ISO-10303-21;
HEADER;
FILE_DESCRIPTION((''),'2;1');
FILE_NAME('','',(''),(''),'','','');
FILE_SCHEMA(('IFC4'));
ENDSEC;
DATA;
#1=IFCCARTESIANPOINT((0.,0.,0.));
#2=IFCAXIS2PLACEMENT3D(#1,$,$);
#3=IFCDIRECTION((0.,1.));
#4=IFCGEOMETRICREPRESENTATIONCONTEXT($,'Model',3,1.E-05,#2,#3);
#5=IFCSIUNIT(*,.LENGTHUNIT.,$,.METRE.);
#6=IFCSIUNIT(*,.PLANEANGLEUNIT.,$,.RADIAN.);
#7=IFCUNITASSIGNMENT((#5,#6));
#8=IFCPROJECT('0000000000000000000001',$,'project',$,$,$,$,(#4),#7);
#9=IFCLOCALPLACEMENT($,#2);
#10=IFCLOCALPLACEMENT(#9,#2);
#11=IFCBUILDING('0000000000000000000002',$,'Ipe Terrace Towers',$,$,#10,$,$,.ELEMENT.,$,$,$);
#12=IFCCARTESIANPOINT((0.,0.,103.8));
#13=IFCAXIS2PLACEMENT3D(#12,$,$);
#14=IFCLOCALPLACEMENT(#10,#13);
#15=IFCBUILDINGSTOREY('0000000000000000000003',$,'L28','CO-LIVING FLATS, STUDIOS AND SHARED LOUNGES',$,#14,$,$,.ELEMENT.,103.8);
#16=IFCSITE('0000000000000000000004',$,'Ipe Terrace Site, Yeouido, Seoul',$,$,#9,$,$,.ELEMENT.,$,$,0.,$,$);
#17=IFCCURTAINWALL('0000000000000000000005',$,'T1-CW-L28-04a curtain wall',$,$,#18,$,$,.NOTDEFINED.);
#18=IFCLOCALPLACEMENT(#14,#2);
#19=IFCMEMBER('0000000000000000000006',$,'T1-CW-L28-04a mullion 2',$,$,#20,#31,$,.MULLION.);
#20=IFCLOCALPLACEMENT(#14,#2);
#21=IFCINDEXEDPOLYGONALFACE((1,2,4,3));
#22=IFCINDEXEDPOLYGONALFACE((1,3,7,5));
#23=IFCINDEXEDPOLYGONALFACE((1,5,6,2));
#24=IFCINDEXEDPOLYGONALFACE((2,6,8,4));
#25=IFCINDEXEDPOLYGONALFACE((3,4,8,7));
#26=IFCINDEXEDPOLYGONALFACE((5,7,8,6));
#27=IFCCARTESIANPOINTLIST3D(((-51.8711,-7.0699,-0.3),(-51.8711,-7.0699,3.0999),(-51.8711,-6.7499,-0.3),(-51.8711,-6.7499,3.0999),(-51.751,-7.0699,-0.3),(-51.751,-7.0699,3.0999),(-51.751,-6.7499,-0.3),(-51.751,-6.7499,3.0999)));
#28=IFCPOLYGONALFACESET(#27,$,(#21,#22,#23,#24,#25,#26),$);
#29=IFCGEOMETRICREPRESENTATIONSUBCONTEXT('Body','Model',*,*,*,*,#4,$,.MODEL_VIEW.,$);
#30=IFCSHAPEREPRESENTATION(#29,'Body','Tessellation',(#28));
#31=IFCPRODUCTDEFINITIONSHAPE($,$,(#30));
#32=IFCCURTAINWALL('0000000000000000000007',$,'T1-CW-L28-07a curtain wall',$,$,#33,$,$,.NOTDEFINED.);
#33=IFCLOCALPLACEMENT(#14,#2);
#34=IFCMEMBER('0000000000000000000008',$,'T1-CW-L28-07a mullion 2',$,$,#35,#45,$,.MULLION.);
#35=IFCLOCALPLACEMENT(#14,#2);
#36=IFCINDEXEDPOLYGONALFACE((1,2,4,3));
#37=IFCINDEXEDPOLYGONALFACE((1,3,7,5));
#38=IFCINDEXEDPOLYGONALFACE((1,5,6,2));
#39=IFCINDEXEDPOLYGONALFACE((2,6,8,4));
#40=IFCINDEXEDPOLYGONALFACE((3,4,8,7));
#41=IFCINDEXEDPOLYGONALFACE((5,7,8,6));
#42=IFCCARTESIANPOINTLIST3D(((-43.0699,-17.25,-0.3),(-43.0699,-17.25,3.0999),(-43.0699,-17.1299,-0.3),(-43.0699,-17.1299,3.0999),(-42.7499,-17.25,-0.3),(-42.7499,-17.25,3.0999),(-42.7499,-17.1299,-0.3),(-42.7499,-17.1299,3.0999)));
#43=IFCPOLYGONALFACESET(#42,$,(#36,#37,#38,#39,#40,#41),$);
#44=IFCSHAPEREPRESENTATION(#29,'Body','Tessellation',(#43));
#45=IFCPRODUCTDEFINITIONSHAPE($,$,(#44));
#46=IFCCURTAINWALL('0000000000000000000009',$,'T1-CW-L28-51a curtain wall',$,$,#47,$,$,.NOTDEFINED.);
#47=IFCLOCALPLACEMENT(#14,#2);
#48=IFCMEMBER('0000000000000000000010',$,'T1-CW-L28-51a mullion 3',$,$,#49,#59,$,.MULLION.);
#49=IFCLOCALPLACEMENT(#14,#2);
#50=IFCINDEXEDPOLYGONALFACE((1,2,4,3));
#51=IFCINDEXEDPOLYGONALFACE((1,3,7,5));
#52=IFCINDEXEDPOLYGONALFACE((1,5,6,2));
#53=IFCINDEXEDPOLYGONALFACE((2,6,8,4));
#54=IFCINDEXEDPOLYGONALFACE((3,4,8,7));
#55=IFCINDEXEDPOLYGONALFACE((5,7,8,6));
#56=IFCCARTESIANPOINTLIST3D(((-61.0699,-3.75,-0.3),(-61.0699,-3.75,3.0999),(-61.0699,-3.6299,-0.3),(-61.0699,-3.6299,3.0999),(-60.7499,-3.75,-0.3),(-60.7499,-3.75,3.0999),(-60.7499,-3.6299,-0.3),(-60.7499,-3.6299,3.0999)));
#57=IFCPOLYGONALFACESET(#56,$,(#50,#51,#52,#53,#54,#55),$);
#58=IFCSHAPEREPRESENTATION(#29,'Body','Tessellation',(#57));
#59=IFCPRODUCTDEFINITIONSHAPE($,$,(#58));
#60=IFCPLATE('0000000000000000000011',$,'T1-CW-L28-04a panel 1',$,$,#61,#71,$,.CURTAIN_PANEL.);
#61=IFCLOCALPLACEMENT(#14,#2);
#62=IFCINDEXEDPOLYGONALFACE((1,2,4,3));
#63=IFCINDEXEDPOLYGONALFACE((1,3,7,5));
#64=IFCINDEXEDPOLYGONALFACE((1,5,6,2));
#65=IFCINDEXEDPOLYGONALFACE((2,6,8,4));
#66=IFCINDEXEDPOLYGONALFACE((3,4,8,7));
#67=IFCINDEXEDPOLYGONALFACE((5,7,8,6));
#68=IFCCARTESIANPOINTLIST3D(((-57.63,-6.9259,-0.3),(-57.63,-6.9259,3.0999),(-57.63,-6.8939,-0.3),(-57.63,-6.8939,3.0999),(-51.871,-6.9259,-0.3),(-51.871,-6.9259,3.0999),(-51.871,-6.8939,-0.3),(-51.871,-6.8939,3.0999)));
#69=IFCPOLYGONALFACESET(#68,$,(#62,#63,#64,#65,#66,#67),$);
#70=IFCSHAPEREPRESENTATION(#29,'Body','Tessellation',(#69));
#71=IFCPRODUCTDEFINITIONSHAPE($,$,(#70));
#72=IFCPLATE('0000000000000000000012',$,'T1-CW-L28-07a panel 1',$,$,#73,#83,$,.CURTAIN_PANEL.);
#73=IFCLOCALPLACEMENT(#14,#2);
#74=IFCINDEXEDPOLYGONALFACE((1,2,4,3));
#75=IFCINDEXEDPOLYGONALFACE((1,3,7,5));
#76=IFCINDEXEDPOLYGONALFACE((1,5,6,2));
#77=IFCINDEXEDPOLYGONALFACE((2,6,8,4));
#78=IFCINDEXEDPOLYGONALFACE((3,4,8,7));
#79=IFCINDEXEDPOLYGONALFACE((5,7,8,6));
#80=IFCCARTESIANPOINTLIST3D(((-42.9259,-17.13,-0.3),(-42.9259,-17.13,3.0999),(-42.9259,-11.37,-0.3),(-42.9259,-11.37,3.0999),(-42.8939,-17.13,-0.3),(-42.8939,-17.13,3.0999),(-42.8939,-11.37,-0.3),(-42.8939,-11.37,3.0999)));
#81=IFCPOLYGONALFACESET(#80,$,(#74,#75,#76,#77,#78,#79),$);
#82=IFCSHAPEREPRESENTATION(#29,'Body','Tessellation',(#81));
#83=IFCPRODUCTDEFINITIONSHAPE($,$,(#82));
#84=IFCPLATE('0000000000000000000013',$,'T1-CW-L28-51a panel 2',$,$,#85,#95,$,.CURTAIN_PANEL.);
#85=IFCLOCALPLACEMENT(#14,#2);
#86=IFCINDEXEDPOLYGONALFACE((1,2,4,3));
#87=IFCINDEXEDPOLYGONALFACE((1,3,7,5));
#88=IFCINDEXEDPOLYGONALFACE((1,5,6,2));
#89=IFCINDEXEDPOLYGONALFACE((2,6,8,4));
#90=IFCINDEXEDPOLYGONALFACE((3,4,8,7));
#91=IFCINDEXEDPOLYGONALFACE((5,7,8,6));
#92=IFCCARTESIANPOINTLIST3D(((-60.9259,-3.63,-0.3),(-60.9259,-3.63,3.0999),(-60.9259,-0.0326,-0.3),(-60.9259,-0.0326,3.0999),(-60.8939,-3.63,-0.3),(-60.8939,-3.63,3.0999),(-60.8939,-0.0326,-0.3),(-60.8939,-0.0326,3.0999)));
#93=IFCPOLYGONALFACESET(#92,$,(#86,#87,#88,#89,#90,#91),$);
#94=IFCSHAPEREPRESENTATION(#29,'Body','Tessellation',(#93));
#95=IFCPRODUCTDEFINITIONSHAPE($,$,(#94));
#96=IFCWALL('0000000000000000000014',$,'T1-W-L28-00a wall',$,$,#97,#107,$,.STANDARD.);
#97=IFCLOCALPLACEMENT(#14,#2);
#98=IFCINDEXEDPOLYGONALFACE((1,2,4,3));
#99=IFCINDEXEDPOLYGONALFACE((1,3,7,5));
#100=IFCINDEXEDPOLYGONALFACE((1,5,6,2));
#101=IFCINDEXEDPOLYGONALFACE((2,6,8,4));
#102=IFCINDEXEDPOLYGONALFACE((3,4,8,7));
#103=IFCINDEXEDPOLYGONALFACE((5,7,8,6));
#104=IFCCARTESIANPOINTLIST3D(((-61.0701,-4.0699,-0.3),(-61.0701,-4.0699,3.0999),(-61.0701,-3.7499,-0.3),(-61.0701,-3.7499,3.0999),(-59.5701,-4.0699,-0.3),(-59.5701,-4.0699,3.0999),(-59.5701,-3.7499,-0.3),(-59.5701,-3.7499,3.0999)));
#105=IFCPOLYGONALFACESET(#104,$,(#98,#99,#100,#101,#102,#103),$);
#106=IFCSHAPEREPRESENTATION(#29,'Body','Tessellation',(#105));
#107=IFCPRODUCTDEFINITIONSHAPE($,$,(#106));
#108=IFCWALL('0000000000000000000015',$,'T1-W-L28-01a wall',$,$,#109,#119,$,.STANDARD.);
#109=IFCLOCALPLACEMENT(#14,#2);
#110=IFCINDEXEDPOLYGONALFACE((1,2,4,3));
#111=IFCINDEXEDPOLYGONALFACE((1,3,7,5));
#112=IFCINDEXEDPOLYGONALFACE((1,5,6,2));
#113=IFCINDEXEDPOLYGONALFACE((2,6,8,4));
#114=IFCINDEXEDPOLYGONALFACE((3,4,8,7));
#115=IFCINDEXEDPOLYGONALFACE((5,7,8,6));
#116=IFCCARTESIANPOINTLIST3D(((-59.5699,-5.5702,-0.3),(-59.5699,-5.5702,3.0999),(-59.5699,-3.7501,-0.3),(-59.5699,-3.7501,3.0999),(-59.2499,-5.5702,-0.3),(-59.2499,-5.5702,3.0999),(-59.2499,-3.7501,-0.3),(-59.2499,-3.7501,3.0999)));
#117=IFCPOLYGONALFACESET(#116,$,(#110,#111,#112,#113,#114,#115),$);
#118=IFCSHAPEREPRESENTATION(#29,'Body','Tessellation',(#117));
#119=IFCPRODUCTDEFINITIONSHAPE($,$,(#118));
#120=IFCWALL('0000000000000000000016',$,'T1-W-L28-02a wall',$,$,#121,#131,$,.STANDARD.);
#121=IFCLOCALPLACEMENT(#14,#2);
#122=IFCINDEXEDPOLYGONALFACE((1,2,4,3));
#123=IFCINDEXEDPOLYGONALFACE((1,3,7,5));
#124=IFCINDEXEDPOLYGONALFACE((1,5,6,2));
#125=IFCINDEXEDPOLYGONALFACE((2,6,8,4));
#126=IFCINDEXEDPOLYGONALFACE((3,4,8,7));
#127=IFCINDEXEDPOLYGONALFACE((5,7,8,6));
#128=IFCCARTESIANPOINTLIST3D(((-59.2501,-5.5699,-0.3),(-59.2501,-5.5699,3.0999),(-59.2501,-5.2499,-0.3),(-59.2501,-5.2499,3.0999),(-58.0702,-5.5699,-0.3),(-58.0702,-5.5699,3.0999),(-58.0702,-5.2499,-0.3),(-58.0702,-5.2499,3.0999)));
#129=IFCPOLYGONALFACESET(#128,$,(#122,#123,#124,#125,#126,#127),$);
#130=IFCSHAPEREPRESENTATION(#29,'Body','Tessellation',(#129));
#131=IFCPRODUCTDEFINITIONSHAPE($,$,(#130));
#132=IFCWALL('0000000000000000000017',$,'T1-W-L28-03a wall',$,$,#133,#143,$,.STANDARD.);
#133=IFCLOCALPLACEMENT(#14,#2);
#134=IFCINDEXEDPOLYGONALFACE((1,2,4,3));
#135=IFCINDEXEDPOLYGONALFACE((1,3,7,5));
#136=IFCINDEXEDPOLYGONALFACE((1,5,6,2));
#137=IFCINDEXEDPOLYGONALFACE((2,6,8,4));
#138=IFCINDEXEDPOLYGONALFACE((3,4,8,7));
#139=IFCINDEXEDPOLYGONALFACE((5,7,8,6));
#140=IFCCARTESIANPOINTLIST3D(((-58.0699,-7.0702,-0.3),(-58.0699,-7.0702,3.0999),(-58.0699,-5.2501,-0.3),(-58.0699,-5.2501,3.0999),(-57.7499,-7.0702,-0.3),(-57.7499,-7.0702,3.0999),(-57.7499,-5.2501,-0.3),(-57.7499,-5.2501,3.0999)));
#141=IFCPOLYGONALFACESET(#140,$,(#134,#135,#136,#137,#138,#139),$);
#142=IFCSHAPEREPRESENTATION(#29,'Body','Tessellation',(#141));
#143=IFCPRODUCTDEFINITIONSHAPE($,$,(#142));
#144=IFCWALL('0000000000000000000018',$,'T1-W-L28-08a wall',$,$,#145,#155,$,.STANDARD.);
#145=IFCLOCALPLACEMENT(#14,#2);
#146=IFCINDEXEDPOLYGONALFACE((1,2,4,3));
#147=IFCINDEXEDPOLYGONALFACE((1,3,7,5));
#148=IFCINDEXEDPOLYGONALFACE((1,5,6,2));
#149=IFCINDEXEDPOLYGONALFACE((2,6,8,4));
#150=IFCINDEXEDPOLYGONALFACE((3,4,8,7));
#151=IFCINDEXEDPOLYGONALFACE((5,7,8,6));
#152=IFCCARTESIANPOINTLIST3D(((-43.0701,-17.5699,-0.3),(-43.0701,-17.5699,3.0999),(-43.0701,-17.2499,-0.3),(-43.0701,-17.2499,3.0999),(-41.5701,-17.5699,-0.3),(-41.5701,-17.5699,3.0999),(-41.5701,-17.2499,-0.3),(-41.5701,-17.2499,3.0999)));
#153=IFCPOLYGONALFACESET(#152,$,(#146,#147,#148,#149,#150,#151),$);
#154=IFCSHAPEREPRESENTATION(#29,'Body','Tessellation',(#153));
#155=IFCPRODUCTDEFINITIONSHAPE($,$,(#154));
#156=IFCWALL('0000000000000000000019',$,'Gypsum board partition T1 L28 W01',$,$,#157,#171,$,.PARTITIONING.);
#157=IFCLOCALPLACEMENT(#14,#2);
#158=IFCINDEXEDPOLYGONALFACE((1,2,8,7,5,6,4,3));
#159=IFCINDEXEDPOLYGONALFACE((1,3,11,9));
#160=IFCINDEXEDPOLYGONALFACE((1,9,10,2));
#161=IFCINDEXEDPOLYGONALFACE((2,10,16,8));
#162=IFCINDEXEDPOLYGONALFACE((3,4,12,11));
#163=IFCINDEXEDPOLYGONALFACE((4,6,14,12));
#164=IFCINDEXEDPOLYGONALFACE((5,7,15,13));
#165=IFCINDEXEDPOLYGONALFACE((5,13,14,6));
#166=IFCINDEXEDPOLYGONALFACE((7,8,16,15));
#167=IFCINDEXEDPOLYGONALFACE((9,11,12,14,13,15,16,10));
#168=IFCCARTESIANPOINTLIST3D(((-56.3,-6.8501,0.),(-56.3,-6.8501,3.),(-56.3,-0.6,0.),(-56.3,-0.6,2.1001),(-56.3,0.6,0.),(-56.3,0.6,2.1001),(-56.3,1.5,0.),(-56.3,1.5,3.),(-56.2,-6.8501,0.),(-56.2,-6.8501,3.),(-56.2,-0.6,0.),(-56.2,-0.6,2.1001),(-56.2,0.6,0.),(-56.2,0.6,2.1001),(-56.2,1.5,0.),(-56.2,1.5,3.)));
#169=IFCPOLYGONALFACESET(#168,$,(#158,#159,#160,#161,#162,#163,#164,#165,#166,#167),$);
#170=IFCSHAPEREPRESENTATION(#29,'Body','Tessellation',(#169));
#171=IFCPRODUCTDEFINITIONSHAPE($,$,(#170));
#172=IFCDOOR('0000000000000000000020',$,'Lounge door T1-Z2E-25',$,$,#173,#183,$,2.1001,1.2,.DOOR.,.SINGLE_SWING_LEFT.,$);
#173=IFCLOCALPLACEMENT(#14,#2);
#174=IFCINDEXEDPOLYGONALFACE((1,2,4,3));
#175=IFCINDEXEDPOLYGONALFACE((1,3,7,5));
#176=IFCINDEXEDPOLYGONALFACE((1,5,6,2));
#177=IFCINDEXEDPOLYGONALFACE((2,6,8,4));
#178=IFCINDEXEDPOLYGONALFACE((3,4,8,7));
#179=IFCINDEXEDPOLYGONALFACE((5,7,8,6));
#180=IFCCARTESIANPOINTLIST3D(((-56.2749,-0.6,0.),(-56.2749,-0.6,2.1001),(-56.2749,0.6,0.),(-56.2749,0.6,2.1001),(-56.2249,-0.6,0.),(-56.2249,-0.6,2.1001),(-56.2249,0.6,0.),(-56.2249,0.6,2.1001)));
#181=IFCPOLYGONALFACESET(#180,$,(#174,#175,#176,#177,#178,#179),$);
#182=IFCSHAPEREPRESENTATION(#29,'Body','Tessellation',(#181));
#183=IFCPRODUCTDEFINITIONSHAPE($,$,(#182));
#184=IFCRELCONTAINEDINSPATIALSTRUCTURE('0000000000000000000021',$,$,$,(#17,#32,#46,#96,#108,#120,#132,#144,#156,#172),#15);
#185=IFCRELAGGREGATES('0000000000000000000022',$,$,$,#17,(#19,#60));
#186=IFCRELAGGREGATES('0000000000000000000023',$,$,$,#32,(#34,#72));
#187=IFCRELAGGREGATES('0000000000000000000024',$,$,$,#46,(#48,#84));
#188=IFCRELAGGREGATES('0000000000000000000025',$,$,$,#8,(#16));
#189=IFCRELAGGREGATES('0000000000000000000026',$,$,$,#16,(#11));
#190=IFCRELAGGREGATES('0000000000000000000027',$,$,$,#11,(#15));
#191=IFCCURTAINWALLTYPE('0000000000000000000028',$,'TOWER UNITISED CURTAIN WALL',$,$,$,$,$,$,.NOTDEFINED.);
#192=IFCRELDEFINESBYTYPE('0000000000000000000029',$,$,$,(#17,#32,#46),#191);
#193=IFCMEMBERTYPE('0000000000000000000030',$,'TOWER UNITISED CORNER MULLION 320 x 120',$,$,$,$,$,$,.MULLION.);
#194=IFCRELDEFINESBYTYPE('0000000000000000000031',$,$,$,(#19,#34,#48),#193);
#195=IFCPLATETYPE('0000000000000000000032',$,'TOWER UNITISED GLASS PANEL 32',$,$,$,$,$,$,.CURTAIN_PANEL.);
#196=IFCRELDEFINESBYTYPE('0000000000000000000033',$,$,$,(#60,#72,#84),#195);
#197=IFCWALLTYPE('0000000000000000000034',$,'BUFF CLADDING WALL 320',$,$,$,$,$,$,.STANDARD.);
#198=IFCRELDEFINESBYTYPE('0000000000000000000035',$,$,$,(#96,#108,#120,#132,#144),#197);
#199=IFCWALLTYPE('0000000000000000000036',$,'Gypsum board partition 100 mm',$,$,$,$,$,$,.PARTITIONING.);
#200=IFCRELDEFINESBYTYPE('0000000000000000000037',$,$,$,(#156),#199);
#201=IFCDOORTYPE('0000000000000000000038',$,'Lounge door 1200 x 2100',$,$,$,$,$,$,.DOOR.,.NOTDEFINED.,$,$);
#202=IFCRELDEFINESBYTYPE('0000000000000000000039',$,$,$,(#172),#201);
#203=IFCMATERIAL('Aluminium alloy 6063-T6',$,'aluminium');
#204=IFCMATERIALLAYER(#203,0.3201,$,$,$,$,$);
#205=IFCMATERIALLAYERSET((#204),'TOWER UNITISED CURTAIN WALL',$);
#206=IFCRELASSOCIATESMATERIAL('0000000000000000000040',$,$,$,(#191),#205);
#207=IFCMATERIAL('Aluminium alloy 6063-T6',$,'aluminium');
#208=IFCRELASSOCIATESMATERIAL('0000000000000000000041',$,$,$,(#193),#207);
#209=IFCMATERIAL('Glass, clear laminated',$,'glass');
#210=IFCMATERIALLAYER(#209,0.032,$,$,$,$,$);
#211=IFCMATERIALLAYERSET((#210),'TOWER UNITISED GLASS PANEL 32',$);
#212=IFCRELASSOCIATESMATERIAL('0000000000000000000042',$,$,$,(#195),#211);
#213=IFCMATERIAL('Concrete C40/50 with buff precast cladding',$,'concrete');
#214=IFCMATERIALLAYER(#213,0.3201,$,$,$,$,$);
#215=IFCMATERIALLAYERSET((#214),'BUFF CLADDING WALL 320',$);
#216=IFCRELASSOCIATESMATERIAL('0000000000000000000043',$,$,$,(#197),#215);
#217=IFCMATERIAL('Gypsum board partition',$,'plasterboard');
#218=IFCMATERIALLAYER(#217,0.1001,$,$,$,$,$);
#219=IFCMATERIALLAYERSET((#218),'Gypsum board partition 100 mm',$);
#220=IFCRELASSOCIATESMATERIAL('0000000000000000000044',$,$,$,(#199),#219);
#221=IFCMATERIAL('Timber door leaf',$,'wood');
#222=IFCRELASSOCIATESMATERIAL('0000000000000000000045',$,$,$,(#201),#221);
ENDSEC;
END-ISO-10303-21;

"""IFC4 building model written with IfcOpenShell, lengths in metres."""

from ifc_helpers import new_model, si_unit, direction, frame, frame_2d, origin, origin_2d, place, context, subcontext, project, spatial, rectangle, extrude, material, layer, layer_set, material_profile, profile_set, type_object, element, fill, aggregate, save


model = new_model("IFC4")

# Units and contexts
model_context = context("Model", 3, precision=1e-05, world=origin(), true_north=direction((0.0, 1.0)))
body_context = subcontext(model_context, "Body", "Model", "MODEL_VIEW")
ifc_project = project(units=[si_unit("LENGTHUNIT", "METRE"), si_unit("PLANEANGLEUNIT", "RADIAN")], contexts=[model_context])

# Site, building, storey
site_placement = place(None, origin())
site = spatial("IfcSite", under=ifc_project, at=site_placement, Name="Ipe Terrace Site, Yeouido, Seoul", CompositionType="ELEMENT", RefElevation=0.0)
building_placement = place(site_placement, origin())
building = spatial("IfcBuilding", under=site, at=building_placement, Name="Ipe Terrace Towers", CompositionType="ELEMENT")
storey_placement = place(building_placement, frame((0.0, 0.0, 103.8)))
storey = spatial("IfcBuildingStorey", under=building, at=storey_placement, Name="L28", Description="CO-LIVING FLATS, STUDIOS AND SHARED LOUNGES", CompositionType="ELEMENT", Elevation=103.8)

# Curtain wall, member
ifc_material_1 = material(Name="Aluminium alloy 6063-T6", Category="aluminium")
ifc_layer_1 = layer(ifc_material_1, 0.3201)
ifc_layer_set_1 = layer_set([ifc_layer_1], Name="TOWER UNITISED CURTAIN WALL")
curtain_wall_type = type_object("IfcCurtainWallType", Name="TOWER UNITISED CURTAIN WALL", PredefinedType="NOTDEFINED", material=ifc_layer_set_1)
curtain_wall_1_placement = place(storey_placement, origin())
curtain_wall_1 = element("IfcCurtainWall", 1, at=curtain_wall_1_placement, inside=storey, type_object=curtain_wall_type, Name="T1-CW-L28-04a curtain wall", PredefinedType="NOTDEFINED")
ifc_material_2 = material(Name="Aluminium alloy 6063-T6", Category="aluminium")
ifc_material_profile_1 = material_profile(ifc_material_2, rectangle(XDim=0.3201, YDim=0.1201, at=origin_2d()), Name="TOWER UNITISED CORNER MULLION 320 x 120")
ifc_profile_set_1 = profile_set([ifc_material_profile_1], Name="Aluminium alloy 6063-T6")
member_type = type_object("IfcMemberType", Name="TOWER UNITISED CORNER MULLION 320 x 120", PredefinedType="MULLION", material=ifc_profile_set_1)
member_1_placement = place(storey_placement, frame((-51.811, -6.9099, -0.3), z_axis=(0.0, 0.0, 1.0), x_axis=(0.0, -1.0, 0.0)))
member_1 = element("IfcMember", 2, at=member_1_placement, type_object=member_type, Name="T1-CW-L28-04a mullion 2", PredefinedType="MULLION", context=body_context, shape_type="SweptSolid", body=[
    extrude(rectangle(XDim=0.3201, YDim=0.1201, at=origin_2d()), origin(), (0.0, 0.0, 1.0), 3.3999),
])

# Curtain walls, members
curtain_wall_2_placement = place(storey_placement, origin())
curtain_wall_2 = element("IfcCurtainWall", 3, at=curtain_wall_2_placement, inside=storey, type_object=curtain_wall_type, Name="T1-CW-L28-07a curtain wall", PredefinedType="NOTDEFINED")
member_2_placement = place(storey_placement, frame((-42.9099, -17.1899, -0.3), z_axis=(0.0, 0.0, 1.0), x_axis=(-1.0, 0.0, 0.0)))
member_2 = element("IfcMember", 4, at=member_2_placement, type_object=member_type, Name="T1-CW-L28-07a mullion 2", PredefinedType="MULLION", context=body_context, shape_type="SweptSolid", body=[
    extrude(rectangle(XDim=0.3201, YDim=0.1201, at=origin_2d()), origin(), (0.0, 0.0, 1.0), 3.3999),
])
curtain_wall_3_placement = place(storey_placement, origin())
curtain_wall_3 = element("IfcCurtainWall", 5, at=curtain_wall_3_placement, inside=storey, type_object=curtain_wall_type, Name="T1-CW-L28-51a curtain wall", PredefinedType="NOTDEFINED")
member_3_placement = place(storey_placement, frame((-60.9099, -3.6899, -0.3), z_axis=(0.0, 0.0, 1.0), x_axis=(-1.0, 0.0, 0.0)))
member_3 = element("IfcMember", 6, at=member_3_placement, type_object=member_type, Name="T1-CW-L28-51a mullion 3", PredefinedType="MULLION", context=body_context, shape_type="SweptSolid", body=[
    extrude(rectangle(XDim=0.3201, YDim=0.1201, at=origin_2d()), origin(), (0.0, 0.0, 1.0), 3.3999),
])

# Plates
ifc_material_3 = material(Name="Glass, clear laminated", Category="glass")
ifc_layer_2 = layer(ifc_material_3, 0.032)
ifc_layer_set_2 = layer_set([ifc_layer_2], Name="TOWER UNITISED GLASS PANEL 32")
plate_type = type_object("IfcPlateType", Name="TOWER UNITISED GLASS PANEL 32", PredefinedType="CURTAIN_PANEL", material=ifc_layer_set_2)
plate_1_placement = place(storey_placement, frame((-54.7505, -6.9099, -0.3), z_axis=(0.0, 0.0, 1.0), x_axis=(1.0, 0.0, 0.0)))
plate_1 = element("IfcPlate", 7, at=plate_1_placement, type_object=plate_type, Name="T1-CW-L28-04a panel 1", PredefinedType="CURTAIN_PANEL", context=body_context, shape_type="SweptSolid", body=[
    extrude(rectangle(XDim=5.759, YDim=0.032, at=origin_2d()), origin(), (0.0, 0.0, 1.0), 3.3999),
])
aggregate(curtain_wall_1, [member_1, plate_1])
plate_2_placement = place(storey_placement, frame((-42.9099, -14.25, -0.3), z_axis=(0.0, 0.0, 1.0), x_axis=(0.0, -1.0, 0.0)))
plate_2 = element("IfcPlate", 8, at=plate_2_placement, type_object=plate_type, Name="T1-CW-L28-07a panel 1", PredefinedType="CURTAIN_PANEL", context=body_context, shape_type="SweptSolid", body=[
    extrude(rectangle(XDim=5.76, YDim=0.032, at=origin_2d()), origin(), (0.0, 0.0, 1.0), 3.3999),
])
aggregate(curtain_wall_2, [member_2, plate_2])
plate_3_placement = place(storey_placement, frame((-60.9099, -1.8313, -0.3), z_axis=(0.0, 0.0, 1.0), x_axis=(0.0, -1.0, 0.0)))
plate_3 = element("IfcPlate", 9, at=plate_3_placement, type_object=plate_type, Name="T1-CW-L28-51a panel 2", PredefinedType="CURTAIN_PANEL", context=body_context, shape_type="SweptSolid", body=[
    extrude(rectangle(XDim=3.5974, YDim=0.032, at=origin_2d()), origin(), (0.0, 0.0, 1.0), 3.3999),
])
aggregate(curtain_wall_3, [member_3, plate_3])

# Walls
ifc_material_4 = material(Name="Concrete C40/50 with buff precast cladding", Category="concrete")
ifc_layer_3 = layer(ifc_material_4, 0.3201)
ifc_layer_set_3 = layer_set([ifc_layer_3], Name="BUFF CLADDING WALL 320")
wall_type_1 = type_object("IfcWallType", Name="BUFF CLADDING WALL 320", PredefinedType="STANDARD", material=ifc_layer_set_3)
wall_1_placement = place(storey_placement, frame((-61.0701, -3.9099, -0.3), z_axis=(0.0, 0.0, 1.0), x_axis=(1.0, 0.0, 0.0)))
element("IfcWall", 10, at=wall_1_placement, inside=storey, type_object=wall_type_1, Name="T1-W-L28-00a wall", PredefinedType="STANDARD", context=body_context, shape_type="SweptSolid", body=[
    extrude(rectangle(XDim=1.5, YDim=0.3201, at=frame_2d((0.75, 0.0))), origin(), (0.0, 0.0, 1.0), 3.3999),
])
wall_2_placement = place(storey_placement, frame((-59.4099, -3.75, -0.3), z_axis=(0.0, 0.0, 1.0), x_axis=(0.0, -1.0, 0.0)))
element("IfcWall", 11, at=wall_2_placement, inside=storey, type_object=wall_type_1, Name="T1-W-L28-01a wall", PredefinedType="STANDARD", context=body_context, shape_type="SweptSolid", body=[
    extrude(rectangle(XDim=1.8201, YDim=0.3201, at=frame_2d((0.9102, 0.0))), origin(), (0.0, 0.0, 1.0), 3.3999),
])
wall_3_placement = place(storey_placement, frame((-59.25, -5.4099, -0.3), z_axis=(0.0, 0.0, 1.0), x_axis=(1.0, 0.0, 0.0)))
element("IfcWall", 12, at=wall_3_placement, inside=storey, type_object=wall_type_1, Name="T1-W-L28-02a wall", PredefinedType="STANDARD", context=body_context, shape_type="SweptSolid", body=[
    extrude(rectangle(XDim=1.1799, YDim=0.3201, at=frame_2d((0.5898, 0.0))), origin(), (0.0, 0.0, 1.0), 3.3999),
])
wall_4_placement = place(storey_placement, frame((-57.9099, -5.25, -0.3), z_axis=(0.0, 0.0, 1.0), x_axis=(0.0, -1.0, 0.0)))
element("IfcWall", 13, at=wall_4_placement, inside=storey, type_object=wall_type_1, Name="T1-W-L28-03a wall", PredefinedType="STANDARD", context=body_context, shape_type="SweptSolid", body=[
    extrude(rectangle(XDim=1.8201, YDim=0.3201, at=frame_2d((0.9102, 0.0))), origin(), (0.0, 0.0, 1.0), 3.3999),
])
wall_5_placement = place(storey_placement, frame((-43.0701, -17.4099, -0.3), z_axis=(0.0, 0.0, 1.0), x_axis=(1.0, 0.0, 0.0)))
element("IfcWall", 14, at=wall_5_placement, inside=storey, type_object=wall_type_1, Name="T1-W-L28-08a wall", PredefinedType="STANDARD", context=body_context, shape_type="SweptSolid", body=[
    extrude(rectangle(XDim=1.5, YDim=0.3201, at=frame_2d((0.75, 0.0))), origin(), (0.0, 0.0, 1.0), 3.3999),
])

# Wall, opening, door
ifc_material_5 = material(Name="Gypsum board partition", Category="plasterboard")
ifc_layer_4 = layer(ifc_material_5, 0.1001)
ifc_layer_set_4 = layer_set([ifc_layer_4], Name="Gypsum board partition 100 mm")
wall_type_2 = type_object("IfcWallType", Name="Gypsum board partition 100 mm", PredefinedType="PARTITIONING", material=ifc_layer_set_4)
wall_6_placement = place(storey_placement, frame((-56.25, -6.8501, 0.0), z_axis=(0.0, 0.0, 1.0), x_axis=(0.0, 1.0, 0.0)))
wall_6 = element("IfcWall", 15, at=wall_6_placement, inside=storey, type_object=wall_type_2, Name="Gypsum board partition T1 L28 W01", PredefinedType="PARTITIONING", context=body_context, shape_type="SweptSolid", body=[
    extrude(rectangle(XDim=8.3501, YDim=0.1001, at=frame_2d((4.175, 0.0))), origin(), (0.0, 0.0, 1.0), 3.0),
])
opening_1_placement = place(wall_6_placement, frame((6.25, 0.0, 0.0)))
opening_1 = element("IfcOpeningElement", 16, at=opening_1_placement, cuts=wall_6, PredefinedType="OPENING", context=body_context, shape_type="SweptSolid", body=[
    extrude(rectangle(XDim=1.2, YDim=2.1001, at=frame_2d((0.6001, 1.05))), frame((0.0, 0.0601, 0.0), z_axis=(0.0, -1.0, 0.0), x_axis=(1.0, 0.0, 0.0)), (0.0, 0.0, 1.0), 0.1201),
])
ifc_material_6 = material(Name="Timber door leaf", Category="wood")
door_type_1 = type_object("IfcDoorType", Name="Lounge door 1200 x 2100", OperationType="NOTDEFINED", PredefinedType="DOOR", material=ifc_material_6)
door_1_placement = place(opening_1_placement, origin())
door_1 = element("IfcDoor", 17, at=door_1_placement, inside=storey, type_object=door_type_1, Name="Lounge door T1-Z2E-25", OperationType="SINGLE_SWING_LEFT", OverallHeight=2.1001, OverallWidth=1.2, PredefinedType="DOOR", context=body_context, shape_type="SweptSolid", body=[
    extrude(rectangle(XDim=1.2, YDim=2.1001, at=frame_2d((0.6001, 1.05))), frame((0.0, 0.0249, 0.0), z_axis=(0.0, -1.0, 0.0), x_axis=(1.0, 0.0, 0.0)), (0.0, 0.0, 1.0), 0.05),
])
fill(opening_1, door_1)

save(model, "model.ifc")
